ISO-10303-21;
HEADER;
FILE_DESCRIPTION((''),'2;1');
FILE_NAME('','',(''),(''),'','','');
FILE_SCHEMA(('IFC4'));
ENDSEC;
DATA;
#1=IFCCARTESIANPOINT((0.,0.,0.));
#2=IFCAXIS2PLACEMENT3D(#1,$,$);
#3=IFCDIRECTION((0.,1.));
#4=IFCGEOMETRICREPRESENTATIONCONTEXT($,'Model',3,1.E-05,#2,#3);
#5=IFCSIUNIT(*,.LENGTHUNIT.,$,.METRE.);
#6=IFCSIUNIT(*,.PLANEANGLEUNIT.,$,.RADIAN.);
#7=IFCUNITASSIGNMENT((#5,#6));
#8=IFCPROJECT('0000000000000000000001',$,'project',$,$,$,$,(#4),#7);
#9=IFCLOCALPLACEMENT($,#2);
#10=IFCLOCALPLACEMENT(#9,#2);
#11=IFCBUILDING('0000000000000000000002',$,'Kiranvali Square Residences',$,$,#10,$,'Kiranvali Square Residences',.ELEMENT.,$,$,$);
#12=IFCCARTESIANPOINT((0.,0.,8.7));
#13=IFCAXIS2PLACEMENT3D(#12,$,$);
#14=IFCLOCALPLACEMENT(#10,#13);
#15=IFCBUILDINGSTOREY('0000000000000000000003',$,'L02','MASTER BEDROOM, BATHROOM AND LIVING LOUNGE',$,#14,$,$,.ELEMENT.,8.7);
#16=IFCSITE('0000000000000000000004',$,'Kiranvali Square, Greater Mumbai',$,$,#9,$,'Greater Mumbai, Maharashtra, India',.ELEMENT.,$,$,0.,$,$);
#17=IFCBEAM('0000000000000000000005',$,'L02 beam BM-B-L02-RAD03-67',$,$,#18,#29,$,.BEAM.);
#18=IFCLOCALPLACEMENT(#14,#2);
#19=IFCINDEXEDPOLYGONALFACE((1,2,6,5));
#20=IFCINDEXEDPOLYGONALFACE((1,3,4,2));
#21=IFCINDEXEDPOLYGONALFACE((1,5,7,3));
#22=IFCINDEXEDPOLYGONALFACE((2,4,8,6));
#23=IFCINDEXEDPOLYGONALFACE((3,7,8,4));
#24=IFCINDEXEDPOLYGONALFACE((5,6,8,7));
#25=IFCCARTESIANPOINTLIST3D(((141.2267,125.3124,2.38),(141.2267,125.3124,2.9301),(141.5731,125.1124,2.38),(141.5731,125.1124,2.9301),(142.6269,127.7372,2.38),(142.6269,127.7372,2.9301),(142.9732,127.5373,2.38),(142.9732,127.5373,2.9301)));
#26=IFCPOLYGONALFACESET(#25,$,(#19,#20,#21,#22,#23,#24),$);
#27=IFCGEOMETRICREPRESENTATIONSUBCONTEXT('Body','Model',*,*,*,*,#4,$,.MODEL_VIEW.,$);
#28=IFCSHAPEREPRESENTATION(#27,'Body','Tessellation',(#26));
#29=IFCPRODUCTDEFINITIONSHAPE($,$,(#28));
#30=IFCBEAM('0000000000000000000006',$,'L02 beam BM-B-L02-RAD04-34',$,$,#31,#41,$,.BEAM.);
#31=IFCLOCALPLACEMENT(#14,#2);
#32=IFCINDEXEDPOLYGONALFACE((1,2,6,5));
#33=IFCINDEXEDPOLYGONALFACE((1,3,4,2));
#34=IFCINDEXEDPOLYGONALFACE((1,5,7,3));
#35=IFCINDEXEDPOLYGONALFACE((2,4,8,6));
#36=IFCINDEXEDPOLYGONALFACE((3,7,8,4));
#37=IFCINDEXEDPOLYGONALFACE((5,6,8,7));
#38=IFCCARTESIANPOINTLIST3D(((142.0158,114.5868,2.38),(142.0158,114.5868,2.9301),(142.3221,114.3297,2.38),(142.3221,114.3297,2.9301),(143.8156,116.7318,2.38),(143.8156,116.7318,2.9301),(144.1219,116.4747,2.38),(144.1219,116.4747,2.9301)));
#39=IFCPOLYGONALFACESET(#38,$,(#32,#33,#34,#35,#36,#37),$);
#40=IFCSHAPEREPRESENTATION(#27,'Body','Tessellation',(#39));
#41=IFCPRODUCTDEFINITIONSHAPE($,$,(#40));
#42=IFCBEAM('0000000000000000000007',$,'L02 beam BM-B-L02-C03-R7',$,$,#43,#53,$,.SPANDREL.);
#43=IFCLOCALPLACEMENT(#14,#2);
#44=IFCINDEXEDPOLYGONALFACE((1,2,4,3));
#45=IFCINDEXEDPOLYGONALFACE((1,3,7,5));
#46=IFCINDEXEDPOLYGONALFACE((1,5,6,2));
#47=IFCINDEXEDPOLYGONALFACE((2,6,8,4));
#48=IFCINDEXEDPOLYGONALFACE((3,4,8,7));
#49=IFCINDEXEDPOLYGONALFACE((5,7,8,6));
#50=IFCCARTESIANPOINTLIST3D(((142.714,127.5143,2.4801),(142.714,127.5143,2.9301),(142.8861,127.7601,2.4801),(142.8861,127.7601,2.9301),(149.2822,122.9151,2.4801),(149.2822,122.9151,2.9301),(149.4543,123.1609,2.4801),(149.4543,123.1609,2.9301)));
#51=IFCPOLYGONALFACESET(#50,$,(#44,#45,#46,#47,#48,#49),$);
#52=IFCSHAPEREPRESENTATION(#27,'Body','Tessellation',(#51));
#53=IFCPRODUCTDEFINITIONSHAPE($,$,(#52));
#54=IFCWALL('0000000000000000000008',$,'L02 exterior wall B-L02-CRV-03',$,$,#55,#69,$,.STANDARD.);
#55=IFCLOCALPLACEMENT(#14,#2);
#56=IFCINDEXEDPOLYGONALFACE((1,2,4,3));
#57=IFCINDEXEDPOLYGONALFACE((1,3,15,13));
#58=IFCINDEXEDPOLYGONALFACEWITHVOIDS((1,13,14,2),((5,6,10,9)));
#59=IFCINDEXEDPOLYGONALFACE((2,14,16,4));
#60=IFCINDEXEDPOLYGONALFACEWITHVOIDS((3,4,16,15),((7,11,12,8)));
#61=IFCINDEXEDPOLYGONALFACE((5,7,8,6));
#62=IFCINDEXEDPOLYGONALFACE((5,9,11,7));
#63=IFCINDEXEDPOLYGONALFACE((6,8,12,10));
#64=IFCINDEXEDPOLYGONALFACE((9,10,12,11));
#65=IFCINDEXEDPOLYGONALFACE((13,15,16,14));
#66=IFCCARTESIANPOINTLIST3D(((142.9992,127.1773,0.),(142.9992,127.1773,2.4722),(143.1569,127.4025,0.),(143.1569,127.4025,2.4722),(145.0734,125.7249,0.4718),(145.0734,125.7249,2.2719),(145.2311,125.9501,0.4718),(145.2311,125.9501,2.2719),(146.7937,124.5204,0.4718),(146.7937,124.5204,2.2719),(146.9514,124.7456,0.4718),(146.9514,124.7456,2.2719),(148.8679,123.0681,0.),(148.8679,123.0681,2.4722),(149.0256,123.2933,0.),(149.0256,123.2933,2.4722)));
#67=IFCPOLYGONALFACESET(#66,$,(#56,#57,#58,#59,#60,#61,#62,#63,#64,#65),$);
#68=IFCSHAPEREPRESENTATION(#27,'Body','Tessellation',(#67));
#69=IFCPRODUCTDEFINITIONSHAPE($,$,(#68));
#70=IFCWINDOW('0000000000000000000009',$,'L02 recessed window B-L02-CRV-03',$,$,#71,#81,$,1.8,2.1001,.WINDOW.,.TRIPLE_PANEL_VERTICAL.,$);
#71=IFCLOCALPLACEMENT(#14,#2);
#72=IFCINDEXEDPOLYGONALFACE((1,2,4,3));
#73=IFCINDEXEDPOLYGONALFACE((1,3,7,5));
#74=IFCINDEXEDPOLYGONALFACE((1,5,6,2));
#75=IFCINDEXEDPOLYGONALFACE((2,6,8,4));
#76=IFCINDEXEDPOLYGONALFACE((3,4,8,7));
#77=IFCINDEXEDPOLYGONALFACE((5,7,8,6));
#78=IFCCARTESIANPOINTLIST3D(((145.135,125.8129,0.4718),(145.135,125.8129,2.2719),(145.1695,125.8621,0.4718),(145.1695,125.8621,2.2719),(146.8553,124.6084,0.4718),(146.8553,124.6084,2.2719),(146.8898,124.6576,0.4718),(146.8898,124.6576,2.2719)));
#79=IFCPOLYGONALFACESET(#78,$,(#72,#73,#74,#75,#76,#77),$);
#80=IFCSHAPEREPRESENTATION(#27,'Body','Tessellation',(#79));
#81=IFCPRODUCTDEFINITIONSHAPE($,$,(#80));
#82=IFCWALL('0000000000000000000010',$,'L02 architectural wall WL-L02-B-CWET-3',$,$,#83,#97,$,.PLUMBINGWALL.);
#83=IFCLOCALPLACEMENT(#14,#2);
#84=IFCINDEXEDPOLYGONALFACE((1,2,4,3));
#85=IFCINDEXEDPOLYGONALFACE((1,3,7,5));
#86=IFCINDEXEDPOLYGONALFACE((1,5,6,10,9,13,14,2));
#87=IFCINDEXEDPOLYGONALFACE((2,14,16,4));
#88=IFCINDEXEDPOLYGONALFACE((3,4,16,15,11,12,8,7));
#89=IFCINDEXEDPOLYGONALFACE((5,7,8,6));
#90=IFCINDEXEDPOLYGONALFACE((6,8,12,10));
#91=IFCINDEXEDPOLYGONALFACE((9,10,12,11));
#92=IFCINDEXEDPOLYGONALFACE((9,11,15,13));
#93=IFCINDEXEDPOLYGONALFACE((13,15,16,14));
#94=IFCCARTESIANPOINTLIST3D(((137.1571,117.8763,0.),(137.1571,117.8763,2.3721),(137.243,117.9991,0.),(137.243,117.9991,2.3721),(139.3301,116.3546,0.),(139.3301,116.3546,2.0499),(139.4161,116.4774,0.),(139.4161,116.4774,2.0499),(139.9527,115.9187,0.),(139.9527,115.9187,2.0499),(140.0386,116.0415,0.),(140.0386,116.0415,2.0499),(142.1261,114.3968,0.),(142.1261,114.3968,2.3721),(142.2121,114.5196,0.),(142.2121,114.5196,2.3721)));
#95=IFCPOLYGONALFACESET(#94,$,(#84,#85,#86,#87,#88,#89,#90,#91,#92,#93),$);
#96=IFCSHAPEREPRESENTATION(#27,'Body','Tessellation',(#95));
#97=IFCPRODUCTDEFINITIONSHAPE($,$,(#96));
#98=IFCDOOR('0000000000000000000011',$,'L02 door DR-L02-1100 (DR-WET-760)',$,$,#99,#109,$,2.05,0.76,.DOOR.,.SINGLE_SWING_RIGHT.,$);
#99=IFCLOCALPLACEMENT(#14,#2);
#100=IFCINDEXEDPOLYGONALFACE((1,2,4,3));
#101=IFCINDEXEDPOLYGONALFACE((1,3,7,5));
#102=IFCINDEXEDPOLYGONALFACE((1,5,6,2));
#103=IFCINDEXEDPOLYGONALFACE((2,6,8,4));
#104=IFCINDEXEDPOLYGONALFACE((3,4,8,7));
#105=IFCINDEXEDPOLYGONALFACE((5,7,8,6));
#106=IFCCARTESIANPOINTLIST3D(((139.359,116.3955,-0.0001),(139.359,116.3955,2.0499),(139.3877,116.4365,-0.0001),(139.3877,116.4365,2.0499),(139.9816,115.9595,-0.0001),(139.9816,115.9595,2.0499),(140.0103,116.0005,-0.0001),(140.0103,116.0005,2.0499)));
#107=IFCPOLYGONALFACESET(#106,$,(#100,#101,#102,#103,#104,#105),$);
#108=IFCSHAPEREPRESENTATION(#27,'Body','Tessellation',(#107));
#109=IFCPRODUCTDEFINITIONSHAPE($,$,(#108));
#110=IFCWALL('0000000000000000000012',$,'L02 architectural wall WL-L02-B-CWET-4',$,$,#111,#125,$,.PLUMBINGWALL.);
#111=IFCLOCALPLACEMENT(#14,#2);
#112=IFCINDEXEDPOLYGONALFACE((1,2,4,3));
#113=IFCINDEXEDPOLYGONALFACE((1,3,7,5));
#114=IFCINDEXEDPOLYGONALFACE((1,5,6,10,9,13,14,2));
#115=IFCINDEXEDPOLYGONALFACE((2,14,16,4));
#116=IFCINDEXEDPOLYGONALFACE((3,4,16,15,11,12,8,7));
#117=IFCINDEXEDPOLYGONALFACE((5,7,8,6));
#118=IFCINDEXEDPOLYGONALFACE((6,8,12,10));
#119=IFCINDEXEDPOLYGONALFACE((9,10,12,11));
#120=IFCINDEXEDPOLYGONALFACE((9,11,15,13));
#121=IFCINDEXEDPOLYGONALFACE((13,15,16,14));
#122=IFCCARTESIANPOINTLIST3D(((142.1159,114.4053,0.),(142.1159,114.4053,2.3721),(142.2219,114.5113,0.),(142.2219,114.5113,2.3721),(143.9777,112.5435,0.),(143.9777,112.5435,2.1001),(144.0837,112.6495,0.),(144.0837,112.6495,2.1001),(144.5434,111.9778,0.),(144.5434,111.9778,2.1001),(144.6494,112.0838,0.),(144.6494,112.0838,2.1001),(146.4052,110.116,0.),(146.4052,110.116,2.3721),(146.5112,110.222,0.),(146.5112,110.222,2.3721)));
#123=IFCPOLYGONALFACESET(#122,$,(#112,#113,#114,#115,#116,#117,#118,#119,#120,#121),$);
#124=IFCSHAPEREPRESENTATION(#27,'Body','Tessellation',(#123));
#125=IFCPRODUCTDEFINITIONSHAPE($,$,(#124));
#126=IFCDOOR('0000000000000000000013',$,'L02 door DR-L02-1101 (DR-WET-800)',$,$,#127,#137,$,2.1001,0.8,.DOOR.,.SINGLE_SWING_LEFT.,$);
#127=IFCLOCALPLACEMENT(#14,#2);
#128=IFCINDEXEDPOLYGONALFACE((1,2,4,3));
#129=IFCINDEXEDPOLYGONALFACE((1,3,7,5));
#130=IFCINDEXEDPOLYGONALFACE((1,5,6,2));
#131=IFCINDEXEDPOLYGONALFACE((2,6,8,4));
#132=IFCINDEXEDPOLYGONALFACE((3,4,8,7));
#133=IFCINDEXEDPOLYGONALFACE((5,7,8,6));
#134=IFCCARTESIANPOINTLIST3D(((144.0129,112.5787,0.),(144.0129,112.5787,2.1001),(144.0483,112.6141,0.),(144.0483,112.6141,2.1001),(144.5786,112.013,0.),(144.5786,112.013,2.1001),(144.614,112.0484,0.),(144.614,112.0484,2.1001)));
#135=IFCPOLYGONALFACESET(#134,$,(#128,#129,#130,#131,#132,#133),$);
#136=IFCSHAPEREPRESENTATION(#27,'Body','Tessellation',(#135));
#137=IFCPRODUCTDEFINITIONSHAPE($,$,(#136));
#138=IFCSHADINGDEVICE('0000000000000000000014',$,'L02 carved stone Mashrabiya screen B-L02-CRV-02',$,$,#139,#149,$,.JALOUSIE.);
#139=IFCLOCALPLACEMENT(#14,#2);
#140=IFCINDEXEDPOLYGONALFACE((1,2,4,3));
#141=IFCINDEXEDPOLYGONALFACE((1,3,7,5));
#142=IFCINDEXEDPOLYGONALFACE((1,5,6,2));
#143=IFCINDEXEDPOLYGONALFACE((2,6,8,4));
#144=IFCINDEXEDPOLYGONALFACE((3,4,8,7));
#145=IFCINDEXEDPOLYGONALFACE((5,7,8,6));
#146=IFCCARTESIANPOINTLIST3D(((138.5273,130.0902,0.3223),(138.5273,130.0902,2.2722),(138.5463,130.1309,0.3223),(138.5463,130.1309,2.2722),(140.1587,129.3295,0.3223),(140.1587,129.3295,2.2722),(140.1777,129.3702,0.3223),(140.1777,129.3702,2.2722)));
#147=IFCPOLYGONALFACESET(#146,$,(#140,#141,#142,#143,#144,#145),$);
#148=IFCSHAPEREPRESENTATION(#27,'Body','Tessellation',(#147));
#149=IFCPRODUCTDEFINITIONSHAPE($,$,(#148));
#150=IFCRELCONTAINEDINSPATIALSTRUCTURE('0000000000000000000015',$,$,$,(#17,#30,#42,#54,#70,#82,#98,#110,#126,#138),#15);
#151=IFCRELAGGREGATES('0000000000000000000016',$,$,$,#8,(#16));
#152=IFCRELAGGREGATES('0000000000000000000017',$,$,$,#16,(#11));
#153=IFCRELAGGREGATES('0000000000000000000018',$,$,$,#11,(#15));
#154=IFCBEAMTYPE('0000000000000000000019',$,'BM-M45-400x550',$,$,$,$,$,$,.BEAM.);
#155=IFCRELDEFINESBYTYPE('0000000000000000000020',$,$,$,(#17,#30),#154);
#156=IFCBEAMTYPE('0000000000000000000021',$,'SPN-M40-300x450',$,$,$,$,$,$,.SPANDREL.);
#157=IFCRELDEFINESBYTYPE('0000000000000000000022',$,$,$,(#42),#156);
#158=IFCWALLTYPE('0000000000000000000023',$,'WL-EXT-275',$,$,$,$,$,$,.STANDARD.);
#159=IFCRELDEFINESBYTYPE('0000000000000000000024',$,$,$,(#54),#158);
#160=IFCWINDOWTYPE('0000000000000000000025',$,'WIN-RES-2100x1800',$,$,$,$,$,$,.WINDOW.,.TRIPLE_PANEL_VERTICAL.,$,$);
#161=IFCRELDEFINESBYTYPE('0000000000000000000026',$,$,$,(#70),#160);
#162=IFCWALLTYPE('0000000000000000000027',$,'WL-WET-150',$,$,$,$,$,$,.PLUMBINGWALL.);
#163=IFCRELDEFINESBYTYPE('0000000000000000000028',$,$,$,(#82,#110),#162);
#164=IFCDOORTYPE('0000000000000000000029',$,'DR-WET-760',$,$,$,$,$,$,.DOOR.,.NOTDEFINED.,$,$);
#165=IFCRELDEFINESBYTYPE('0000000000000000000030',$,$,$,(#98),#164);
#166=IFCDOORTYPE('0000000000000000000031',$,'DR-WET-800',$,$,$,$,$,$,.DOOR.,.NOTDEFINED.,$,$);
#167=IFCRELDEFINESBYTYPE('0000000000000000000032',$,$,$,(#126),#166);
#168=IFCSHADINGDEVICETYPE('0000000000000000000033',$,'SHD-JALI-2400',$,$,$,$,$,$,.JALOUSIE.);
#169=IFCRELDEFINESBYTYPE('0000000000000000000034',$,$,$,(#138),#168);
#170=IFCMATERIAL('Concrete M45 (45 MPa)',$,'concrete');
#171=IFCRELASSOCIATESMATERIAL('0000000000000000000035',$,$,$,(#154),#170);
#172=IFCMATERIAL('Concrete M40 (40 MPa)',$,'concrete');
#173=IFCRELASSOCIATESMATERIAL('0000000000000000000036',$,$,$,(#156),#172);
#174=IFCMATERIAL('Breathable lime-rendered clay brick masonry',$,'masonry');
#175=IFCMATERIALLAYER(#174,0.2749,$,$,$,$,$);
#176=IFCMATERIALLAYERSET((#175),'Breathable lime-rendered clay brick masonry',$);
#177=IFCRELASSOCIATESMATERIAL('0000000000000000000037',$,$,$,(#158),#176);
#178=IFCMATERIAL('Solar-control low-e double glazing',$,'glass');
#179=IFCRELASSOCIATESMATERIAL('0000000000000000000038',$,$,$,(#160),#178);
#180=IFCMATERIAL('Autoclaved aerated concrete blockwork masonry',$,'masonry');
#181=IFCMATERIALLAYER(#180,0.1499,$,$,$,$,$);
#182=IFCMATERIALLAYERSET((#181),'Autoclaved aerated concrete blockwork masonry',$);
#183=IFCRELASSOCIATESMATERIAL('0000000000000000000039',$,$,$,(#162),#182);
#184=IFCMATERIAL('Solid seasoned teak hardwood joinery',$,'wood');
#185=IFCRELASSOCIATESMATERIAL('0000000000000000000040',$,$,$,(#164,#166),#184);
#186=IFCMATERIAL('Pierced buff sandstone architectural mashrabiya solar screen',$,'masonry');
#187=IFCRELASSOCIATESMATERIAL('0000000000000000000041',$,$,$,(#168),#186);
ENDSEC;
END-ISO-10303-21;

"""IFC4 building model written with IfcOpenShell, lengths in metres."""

from ifc_helpers import new_model, si_unit, direction, frame, frame_2d, origin, origin_2d, place, context, subcontext, project, spatial, rectangle, extrude, material, layer, layer_set, material_profile, profile_set, type_object, element, fill, save


model = new_model("IFC4")

# Units and contexts
model_context = context("Model", 3, precision=1e-05, world=origin(), true_north=direction((0.0, 1.0)))
body_context = subcontext(model_context, "Body", "Model", "MODEL_VIEW")
ifc_project = project(units=[si_unit("LENGTHUNIT", "METRE"), si_unit("PLANEANGLEUNIT", "RADIAN")], contexts=[model_context])

# Site, building, storey
site_placement = place(None, origin())
site = spatial("IfcSite", under=ifc_project, at=site_placement, Name="Kiranvali Square, Greater Mumbai", LongName="Greater Mumbai, Maharashtra, India", CompositionType="ELEMENT", RefElevation=0.0)
building_placement = place(site_placement, origin())
building = spatial("IfcBuilding", under=site, at=building_placement, Name="Kiranvali Square Residences", LongName="Kiranvali Square Residences", CompositionType="ELEMENT")
storey_placement = place(building_placement, frame((0.0, 0.0, 8.7)))
storey = spatial("IfcBuildingStorey", under=building, at=storey_placement, Name="L02", Description="MASTER BEDROOM, BATHROOM AND LIVING LOUNGE", CompositionType="ELEMENT", Elevation=8.7)

# Beams
ifc_material_1 = material(Name="Concrete M45 (45 MPa)", Category="concrete")
ifc_material_profile_1 = material_profile(ifc_material_1, rectangle(XDim=0.3999, YDim=0.55, at=origin_2d()), Name="RC 400x550")
ifc_profile_set_1 = profile_set([ifc_material_profile_1], Name="Concrete M45 (45 MPa)")
beam_type_1 = type_object("IfcBeamType", Name="BM-M45-400x550", PredefinedType="BEAM", material=ifc_profile_set_1)
for number, where, z_axis, x_axis, name in (
    (1, (141.3999, 125.2124, 2.655), (0.50005, 0.865997, 0.0), (-0.865997, 0.50005, 0.0), "L02 beam BM-B-L02-RAD03-67"),
    (2, (142.1689, 114.4583, 2.655), (0.642771, 0.766059, 0.0), (-0.766059, 0.642771, 0.0), "L02 beam BM-B-L02-RAD04-34"),
):
    element("IfcBeam", number, at=place(storey_placement, frame(where, z_axis=z_axis, x_axis=x_axis)), inside=storey, type_object=beam_type_1, Name=name, PredefinedType="BEAM", context=body_context, shape_type="SweptSolid", body=[
        extrude(rectangle(XDim=0.3999, YDim=0.55, at=origin_2d()), origin(), (0.0, 0.0, 1.0), 2.8),
    ])
ifc_material_2 = material(Name="Concrete M40 (40 MPa)", Category="concrete")
ifc_material_profile_2 = material_profile(ifc_material_2, rectangle(XDim=0.3, YDim=0.45, at=origin_2d()), Name="RC 300x450")
ifc_profile_set_2 = profile_set([ifc_material_profile_2], Name="Concrete M40 (40 MPa)")
beam_type_2 = type_object("IfcBeamType", Name="SPN-M40-300x450", PredefinedType="SPANDREL", material=ifc_profile_set_2)
beam_1_placement = place(storey_placement, frame((142.8, 127.6372, 2.7051), z_axis=(0.819148, -0.573583, 0.0), x_axis=(0.573583, 0.819148, 0.0)))
element("IfcBeam", 3, at=beam_1_placement, inside=storey, type_object=beam_type_2, Name="L02 beam BM-B-L02-C03-R7", PredefinedType="SPANDREL", context=body_context, shape_type="SweptSolid", body=[
    extrude(rectangle(XDim=0.3, YDim=0.45, at=origin_2d()), origin(), (0.0, 0.0, 1.0), 8.0183),
])

# Wall, opening, window
ifc_material_3 = material(Name="Breathable lime-rendered clay brick masonry", Category="masonry")
ifc_layer_1 = layer(ifc_material_3, 0.2749)
ifc_layer_set_1 = layer_set([ifc_layer_1], Name="Breathable lime-rendered clay brick masonry")
wall_type_1 = type_object("IfcWallType", Name="WL-EXT-275", PredefinedType="STANDARD", material=ifc_layer_set_1)
wall_1_placement = place(storey_placement, frame((143.0781, 127.2898, 0.0), z_axis=(0.0, 0.0, 1.0), x_axis=(0.819161, -0.573563, 0.0)))
wall_1 = element("IfcWall", 4, at=wall_1_placement, inside=storey, type_object=wall_type_1, Name="L02 exterior wall B-L02-CRV-03", PredefinedType="STANDARD", context=body_context, shape_type="SweptSolid", body=[
    extrude(rectangle(XDim=7.1643, YDim=0.2749, at=frame_2d((3.582, 0.0))), origin(), (0.0, 0.0, 1.0), 2.4722),
])
opening_1_placement = place(wall_1_placement, frame((2.532, 0.0, 0.4719)))
opening_1 = element("IfcOpeningElement", 5, at=opening_1_placement, cuts=wall_1, PredefinedType="OPENING", context=body_context, shape_type="SweptSolid", body=[
    extrude(rectangle(XDim=2.1001, YDim=1.8, at=frame_2d((1.05, 0.8999))), frame((0.0, 0.1475, 0.0), z_axis=(0.0, -1.0, 0.0), x_axis=(1.0, 0.0, 0.0)), (0.0, 0.0, 1.0), 0.2949),
])
ifc_material_4 = material(Name="Solar-control low-e double glazing", Category="glass")
window_type = type_object("IfcWindowType", Name="WIN-RES-2100x1800", PartitioningType="TRIPLE_PANEL_VERTICAL", PredefinedType="WINDOW", material=ifc_material_4)
window_placement = place(opening_1_placement, origin())
window = element("IfcWindow", 6, at=window_placement, inside=storey, type_object=window_type, Name="L02 recessed window B-L02-CRV-03", OverallHeight=1.8, OverallWidth=2.1001, PartitioningType="TRIPLE_PANEL_VERTICAL", PredefinedType="WINDOW", context=body_context, shape_type="SweptSolid", body=[
    extrude(rectangle(XDim=2.1001, YDim=1.8, at=frame_2d((1.05, 0.8999))), frame((0.0, 0.03, 0.0), z_axis=(0.0, -1.0, 0.0), x_axis=(1.0, 0.0, 0.0)), (0.0, 0.0, 1.0), 0.0601),
])
fill(opening_1, window)

# Walls, openings, doors
ifc_material_5 = material(Name="Autoclaved aerated concrete blockwork masonry", Category="masonry")
ifc_layer_2 = layer(ifc_material_5, 0.1499)
ifc_layer_set_2 = layer_set([ifc_layer_2], Name="Autoclaved aerated concrete blockwork masonry")
wall_type_2 = type_object("IfcWallType", Name="WL-WET-150", PredefinedType="PLUMBINGWALL", material=ifc_layer_set_2)
wall_2_placement = place(storey_placement, frame((137.2, 117.9377, 0.0), z_axis=(0.0, 0.0, 1.0), x_axis=(0.819139, -0.573595, 0.0)))
wall_2 = element("IfcWall", 7, at=wall_2_placement, inside=storey, type_object=wall_type_2, Name="L02 architectural wall WL-L02-B-CWET-3", PredefinedType="PLUMBINGWALL", context=body_context, shape_type="SweptSolid", body=[
    extrude(rectangle(XDim=6.0662, YDim=0.1499, at=frame_2d((3.0332, 0.0))), origin(), (0.0, 0.0, 1.0), 2.3721),
])
opening_2_placement = place(wall_2_placement, frame((2.6531, 0.0, 0.0)))
opening_2 = element("IfcOpeningElement", 8, at=opening_2_placement, cuts=wall_2, PredefinedType="OPENING", context=body_context, shape_type="SweptSolid", body=[
    extrude(rectangle(XDim=0.76, YDim=2.05, at=frame_2d((0.3799, 1.0249))), frame((0.0, 0.085, 0.0), z_axis=(0.0, -1.0, 0.0), x_axis=(1.0, 0.0, 0.0)), (0.0, 0.0, 1.0), 0.1699),
])
ifc_material_6 = material(Name="Solid seasoned teak hardwood joinery", Category="wood")
door_type_1 = type_object("IfcDoorType", Name="DR-WET-760", OperationType="NOTDEFINED", PredefinedType="DOOR", material=ifc_material_6)
door_1_placement = place(opening_2_placement, frame((0.76, 0.0, 0.0), z_axis=(0.0, 0.0, 1.0), x_axis=(-1.0, 0.0, 0.0)))
door_1 = element("IfcDoor", 9, at=door_1_placement, inside=storey, type_object=door_type_1, Name="L02 door DR-L02-1100 (DR-WET-760)", OperationType="SINGLE_SWING_RIGHT", OverallHeight=2.05, OverallWidth=0.76, PredefinedType="DOOR", context=body_context, shape_type="SweptSolid", body=[
    extrude(rectangle(XDim=0.76, YDim=2.05, at=frame_2d((0.3799, 1.0249))), frame((0.0, 0.0249, 0.0), z_axis=(0.0, -1.0, 0.0), x_axis=(1.0, 0.0, 0.0)), (0.0, 0.0, 1.0), 0.05),
])
fill(opening_2, door_1)
wall_3_placement = place(storey_placement, frame((142.1689, 114.4583, 0.0), z_axis=(0.0, 0.0, 1.0), x_axis=(0.707107, -0.707107, 0.0)))
wall_3 = element("IfcWall", 10, at=wall_3_placement, inside=storey, type_object=wall_type_2, Name="L02 architectural wall WL-L02-B-CWET-4", PredefinedType="PLUMBINGWALL", context=body_context, shape_type="SweptSolid", body=[
    extrude(rectangle(XDim=6.0659, YDim=0.1499, at=frame_2d((3.033, 0.0))), origin(), (0.0, 0.0, 1.0), 2.3721),
])
opening_3_placement = place(wall_3_placement, frame((2.6331, 0.0, 0.0)))
opening_3 = element("IfcOpeningElement", 11, at=opening_3_placement, cuts=wall_3, PredefinedType="OPENING", context=body_context, shape_type="SweptSolid", body=[
    extrude(rectangle(XDim=0.8, YDim=2.1001, at=frame_2d((0.3999, 1.05))), frame((0.0, 0.085, 0.0), z_axis=(0.0, -1.0, 0.0), x_axis=(1.0, 0.0, 0.0)), (0.0, 0.0, 1.0), 0.1699),
])
door_type_2 = type_object("IfcDoorType", Name="DR-WET-800", OperationType="NOTDEFINED", PredefinedType="DOOR", material=ifc_material_6)
door_2_placement = place(opening_3_placement, origin())
door_2 = element("IfcDoor", 12, at=door_2_placement, inside=storey, type_object=door_type_2, Name="L02 door DR-L02-1101 (DR-WET-800)", OperationType="SINGLE_SWING_LEFT", OverallHeight=2.1001, OverallWidth=0.8, PredefinedType="DOOR", context=body_context, shape_type="SweptSolid", body=[
    extrude(rectangle(XDim=0.8, YDim=2.1001, at=frame_2d((0.3999, 1.05))), frame((0.0, 0.0249, 0.0), z_axis=(0.0, -1.0, 0.0), x_axis=(1.0, 0.0, 0.0)), (0.0, 0.0, 1.0), 0.05),
])
fill(opening_3, door_2)

# Shading device
ifc_material_7 = material(Name="Pierced buff sandstone architectural mashrabiya solar screen", Category="masonry")
shading_device_type = type_object("IfcShadingDeviceType", Name="SHD-JALI-2400", PredefinedType="JALOUSIE", material=ifc_material_7)
shading_device_placement = place(storey_placement, frame((139.3525, 129.7302, 0.3223), z_axis=(0.0, 0.0, 1.0), x_axis=(0.906308, -0.422618, 0.0)))
element("IfcShadingDevice", 13, at=shading_device_placement, inside=storey, type_object=shading_device_type, Name="L02 carved stone Mashrabiya screen B-L02-CRV-02", PredefinedType="JALOUSIE", context=body_context, shape_type="SweptSolid", body=[
    extrude(rectangle(XDim=1.8, YDim=0.0449, at=origin_2d()), origin(), (0.0, 0.0, 1.0), 1.95),
])

save(model, "model.ifc")
